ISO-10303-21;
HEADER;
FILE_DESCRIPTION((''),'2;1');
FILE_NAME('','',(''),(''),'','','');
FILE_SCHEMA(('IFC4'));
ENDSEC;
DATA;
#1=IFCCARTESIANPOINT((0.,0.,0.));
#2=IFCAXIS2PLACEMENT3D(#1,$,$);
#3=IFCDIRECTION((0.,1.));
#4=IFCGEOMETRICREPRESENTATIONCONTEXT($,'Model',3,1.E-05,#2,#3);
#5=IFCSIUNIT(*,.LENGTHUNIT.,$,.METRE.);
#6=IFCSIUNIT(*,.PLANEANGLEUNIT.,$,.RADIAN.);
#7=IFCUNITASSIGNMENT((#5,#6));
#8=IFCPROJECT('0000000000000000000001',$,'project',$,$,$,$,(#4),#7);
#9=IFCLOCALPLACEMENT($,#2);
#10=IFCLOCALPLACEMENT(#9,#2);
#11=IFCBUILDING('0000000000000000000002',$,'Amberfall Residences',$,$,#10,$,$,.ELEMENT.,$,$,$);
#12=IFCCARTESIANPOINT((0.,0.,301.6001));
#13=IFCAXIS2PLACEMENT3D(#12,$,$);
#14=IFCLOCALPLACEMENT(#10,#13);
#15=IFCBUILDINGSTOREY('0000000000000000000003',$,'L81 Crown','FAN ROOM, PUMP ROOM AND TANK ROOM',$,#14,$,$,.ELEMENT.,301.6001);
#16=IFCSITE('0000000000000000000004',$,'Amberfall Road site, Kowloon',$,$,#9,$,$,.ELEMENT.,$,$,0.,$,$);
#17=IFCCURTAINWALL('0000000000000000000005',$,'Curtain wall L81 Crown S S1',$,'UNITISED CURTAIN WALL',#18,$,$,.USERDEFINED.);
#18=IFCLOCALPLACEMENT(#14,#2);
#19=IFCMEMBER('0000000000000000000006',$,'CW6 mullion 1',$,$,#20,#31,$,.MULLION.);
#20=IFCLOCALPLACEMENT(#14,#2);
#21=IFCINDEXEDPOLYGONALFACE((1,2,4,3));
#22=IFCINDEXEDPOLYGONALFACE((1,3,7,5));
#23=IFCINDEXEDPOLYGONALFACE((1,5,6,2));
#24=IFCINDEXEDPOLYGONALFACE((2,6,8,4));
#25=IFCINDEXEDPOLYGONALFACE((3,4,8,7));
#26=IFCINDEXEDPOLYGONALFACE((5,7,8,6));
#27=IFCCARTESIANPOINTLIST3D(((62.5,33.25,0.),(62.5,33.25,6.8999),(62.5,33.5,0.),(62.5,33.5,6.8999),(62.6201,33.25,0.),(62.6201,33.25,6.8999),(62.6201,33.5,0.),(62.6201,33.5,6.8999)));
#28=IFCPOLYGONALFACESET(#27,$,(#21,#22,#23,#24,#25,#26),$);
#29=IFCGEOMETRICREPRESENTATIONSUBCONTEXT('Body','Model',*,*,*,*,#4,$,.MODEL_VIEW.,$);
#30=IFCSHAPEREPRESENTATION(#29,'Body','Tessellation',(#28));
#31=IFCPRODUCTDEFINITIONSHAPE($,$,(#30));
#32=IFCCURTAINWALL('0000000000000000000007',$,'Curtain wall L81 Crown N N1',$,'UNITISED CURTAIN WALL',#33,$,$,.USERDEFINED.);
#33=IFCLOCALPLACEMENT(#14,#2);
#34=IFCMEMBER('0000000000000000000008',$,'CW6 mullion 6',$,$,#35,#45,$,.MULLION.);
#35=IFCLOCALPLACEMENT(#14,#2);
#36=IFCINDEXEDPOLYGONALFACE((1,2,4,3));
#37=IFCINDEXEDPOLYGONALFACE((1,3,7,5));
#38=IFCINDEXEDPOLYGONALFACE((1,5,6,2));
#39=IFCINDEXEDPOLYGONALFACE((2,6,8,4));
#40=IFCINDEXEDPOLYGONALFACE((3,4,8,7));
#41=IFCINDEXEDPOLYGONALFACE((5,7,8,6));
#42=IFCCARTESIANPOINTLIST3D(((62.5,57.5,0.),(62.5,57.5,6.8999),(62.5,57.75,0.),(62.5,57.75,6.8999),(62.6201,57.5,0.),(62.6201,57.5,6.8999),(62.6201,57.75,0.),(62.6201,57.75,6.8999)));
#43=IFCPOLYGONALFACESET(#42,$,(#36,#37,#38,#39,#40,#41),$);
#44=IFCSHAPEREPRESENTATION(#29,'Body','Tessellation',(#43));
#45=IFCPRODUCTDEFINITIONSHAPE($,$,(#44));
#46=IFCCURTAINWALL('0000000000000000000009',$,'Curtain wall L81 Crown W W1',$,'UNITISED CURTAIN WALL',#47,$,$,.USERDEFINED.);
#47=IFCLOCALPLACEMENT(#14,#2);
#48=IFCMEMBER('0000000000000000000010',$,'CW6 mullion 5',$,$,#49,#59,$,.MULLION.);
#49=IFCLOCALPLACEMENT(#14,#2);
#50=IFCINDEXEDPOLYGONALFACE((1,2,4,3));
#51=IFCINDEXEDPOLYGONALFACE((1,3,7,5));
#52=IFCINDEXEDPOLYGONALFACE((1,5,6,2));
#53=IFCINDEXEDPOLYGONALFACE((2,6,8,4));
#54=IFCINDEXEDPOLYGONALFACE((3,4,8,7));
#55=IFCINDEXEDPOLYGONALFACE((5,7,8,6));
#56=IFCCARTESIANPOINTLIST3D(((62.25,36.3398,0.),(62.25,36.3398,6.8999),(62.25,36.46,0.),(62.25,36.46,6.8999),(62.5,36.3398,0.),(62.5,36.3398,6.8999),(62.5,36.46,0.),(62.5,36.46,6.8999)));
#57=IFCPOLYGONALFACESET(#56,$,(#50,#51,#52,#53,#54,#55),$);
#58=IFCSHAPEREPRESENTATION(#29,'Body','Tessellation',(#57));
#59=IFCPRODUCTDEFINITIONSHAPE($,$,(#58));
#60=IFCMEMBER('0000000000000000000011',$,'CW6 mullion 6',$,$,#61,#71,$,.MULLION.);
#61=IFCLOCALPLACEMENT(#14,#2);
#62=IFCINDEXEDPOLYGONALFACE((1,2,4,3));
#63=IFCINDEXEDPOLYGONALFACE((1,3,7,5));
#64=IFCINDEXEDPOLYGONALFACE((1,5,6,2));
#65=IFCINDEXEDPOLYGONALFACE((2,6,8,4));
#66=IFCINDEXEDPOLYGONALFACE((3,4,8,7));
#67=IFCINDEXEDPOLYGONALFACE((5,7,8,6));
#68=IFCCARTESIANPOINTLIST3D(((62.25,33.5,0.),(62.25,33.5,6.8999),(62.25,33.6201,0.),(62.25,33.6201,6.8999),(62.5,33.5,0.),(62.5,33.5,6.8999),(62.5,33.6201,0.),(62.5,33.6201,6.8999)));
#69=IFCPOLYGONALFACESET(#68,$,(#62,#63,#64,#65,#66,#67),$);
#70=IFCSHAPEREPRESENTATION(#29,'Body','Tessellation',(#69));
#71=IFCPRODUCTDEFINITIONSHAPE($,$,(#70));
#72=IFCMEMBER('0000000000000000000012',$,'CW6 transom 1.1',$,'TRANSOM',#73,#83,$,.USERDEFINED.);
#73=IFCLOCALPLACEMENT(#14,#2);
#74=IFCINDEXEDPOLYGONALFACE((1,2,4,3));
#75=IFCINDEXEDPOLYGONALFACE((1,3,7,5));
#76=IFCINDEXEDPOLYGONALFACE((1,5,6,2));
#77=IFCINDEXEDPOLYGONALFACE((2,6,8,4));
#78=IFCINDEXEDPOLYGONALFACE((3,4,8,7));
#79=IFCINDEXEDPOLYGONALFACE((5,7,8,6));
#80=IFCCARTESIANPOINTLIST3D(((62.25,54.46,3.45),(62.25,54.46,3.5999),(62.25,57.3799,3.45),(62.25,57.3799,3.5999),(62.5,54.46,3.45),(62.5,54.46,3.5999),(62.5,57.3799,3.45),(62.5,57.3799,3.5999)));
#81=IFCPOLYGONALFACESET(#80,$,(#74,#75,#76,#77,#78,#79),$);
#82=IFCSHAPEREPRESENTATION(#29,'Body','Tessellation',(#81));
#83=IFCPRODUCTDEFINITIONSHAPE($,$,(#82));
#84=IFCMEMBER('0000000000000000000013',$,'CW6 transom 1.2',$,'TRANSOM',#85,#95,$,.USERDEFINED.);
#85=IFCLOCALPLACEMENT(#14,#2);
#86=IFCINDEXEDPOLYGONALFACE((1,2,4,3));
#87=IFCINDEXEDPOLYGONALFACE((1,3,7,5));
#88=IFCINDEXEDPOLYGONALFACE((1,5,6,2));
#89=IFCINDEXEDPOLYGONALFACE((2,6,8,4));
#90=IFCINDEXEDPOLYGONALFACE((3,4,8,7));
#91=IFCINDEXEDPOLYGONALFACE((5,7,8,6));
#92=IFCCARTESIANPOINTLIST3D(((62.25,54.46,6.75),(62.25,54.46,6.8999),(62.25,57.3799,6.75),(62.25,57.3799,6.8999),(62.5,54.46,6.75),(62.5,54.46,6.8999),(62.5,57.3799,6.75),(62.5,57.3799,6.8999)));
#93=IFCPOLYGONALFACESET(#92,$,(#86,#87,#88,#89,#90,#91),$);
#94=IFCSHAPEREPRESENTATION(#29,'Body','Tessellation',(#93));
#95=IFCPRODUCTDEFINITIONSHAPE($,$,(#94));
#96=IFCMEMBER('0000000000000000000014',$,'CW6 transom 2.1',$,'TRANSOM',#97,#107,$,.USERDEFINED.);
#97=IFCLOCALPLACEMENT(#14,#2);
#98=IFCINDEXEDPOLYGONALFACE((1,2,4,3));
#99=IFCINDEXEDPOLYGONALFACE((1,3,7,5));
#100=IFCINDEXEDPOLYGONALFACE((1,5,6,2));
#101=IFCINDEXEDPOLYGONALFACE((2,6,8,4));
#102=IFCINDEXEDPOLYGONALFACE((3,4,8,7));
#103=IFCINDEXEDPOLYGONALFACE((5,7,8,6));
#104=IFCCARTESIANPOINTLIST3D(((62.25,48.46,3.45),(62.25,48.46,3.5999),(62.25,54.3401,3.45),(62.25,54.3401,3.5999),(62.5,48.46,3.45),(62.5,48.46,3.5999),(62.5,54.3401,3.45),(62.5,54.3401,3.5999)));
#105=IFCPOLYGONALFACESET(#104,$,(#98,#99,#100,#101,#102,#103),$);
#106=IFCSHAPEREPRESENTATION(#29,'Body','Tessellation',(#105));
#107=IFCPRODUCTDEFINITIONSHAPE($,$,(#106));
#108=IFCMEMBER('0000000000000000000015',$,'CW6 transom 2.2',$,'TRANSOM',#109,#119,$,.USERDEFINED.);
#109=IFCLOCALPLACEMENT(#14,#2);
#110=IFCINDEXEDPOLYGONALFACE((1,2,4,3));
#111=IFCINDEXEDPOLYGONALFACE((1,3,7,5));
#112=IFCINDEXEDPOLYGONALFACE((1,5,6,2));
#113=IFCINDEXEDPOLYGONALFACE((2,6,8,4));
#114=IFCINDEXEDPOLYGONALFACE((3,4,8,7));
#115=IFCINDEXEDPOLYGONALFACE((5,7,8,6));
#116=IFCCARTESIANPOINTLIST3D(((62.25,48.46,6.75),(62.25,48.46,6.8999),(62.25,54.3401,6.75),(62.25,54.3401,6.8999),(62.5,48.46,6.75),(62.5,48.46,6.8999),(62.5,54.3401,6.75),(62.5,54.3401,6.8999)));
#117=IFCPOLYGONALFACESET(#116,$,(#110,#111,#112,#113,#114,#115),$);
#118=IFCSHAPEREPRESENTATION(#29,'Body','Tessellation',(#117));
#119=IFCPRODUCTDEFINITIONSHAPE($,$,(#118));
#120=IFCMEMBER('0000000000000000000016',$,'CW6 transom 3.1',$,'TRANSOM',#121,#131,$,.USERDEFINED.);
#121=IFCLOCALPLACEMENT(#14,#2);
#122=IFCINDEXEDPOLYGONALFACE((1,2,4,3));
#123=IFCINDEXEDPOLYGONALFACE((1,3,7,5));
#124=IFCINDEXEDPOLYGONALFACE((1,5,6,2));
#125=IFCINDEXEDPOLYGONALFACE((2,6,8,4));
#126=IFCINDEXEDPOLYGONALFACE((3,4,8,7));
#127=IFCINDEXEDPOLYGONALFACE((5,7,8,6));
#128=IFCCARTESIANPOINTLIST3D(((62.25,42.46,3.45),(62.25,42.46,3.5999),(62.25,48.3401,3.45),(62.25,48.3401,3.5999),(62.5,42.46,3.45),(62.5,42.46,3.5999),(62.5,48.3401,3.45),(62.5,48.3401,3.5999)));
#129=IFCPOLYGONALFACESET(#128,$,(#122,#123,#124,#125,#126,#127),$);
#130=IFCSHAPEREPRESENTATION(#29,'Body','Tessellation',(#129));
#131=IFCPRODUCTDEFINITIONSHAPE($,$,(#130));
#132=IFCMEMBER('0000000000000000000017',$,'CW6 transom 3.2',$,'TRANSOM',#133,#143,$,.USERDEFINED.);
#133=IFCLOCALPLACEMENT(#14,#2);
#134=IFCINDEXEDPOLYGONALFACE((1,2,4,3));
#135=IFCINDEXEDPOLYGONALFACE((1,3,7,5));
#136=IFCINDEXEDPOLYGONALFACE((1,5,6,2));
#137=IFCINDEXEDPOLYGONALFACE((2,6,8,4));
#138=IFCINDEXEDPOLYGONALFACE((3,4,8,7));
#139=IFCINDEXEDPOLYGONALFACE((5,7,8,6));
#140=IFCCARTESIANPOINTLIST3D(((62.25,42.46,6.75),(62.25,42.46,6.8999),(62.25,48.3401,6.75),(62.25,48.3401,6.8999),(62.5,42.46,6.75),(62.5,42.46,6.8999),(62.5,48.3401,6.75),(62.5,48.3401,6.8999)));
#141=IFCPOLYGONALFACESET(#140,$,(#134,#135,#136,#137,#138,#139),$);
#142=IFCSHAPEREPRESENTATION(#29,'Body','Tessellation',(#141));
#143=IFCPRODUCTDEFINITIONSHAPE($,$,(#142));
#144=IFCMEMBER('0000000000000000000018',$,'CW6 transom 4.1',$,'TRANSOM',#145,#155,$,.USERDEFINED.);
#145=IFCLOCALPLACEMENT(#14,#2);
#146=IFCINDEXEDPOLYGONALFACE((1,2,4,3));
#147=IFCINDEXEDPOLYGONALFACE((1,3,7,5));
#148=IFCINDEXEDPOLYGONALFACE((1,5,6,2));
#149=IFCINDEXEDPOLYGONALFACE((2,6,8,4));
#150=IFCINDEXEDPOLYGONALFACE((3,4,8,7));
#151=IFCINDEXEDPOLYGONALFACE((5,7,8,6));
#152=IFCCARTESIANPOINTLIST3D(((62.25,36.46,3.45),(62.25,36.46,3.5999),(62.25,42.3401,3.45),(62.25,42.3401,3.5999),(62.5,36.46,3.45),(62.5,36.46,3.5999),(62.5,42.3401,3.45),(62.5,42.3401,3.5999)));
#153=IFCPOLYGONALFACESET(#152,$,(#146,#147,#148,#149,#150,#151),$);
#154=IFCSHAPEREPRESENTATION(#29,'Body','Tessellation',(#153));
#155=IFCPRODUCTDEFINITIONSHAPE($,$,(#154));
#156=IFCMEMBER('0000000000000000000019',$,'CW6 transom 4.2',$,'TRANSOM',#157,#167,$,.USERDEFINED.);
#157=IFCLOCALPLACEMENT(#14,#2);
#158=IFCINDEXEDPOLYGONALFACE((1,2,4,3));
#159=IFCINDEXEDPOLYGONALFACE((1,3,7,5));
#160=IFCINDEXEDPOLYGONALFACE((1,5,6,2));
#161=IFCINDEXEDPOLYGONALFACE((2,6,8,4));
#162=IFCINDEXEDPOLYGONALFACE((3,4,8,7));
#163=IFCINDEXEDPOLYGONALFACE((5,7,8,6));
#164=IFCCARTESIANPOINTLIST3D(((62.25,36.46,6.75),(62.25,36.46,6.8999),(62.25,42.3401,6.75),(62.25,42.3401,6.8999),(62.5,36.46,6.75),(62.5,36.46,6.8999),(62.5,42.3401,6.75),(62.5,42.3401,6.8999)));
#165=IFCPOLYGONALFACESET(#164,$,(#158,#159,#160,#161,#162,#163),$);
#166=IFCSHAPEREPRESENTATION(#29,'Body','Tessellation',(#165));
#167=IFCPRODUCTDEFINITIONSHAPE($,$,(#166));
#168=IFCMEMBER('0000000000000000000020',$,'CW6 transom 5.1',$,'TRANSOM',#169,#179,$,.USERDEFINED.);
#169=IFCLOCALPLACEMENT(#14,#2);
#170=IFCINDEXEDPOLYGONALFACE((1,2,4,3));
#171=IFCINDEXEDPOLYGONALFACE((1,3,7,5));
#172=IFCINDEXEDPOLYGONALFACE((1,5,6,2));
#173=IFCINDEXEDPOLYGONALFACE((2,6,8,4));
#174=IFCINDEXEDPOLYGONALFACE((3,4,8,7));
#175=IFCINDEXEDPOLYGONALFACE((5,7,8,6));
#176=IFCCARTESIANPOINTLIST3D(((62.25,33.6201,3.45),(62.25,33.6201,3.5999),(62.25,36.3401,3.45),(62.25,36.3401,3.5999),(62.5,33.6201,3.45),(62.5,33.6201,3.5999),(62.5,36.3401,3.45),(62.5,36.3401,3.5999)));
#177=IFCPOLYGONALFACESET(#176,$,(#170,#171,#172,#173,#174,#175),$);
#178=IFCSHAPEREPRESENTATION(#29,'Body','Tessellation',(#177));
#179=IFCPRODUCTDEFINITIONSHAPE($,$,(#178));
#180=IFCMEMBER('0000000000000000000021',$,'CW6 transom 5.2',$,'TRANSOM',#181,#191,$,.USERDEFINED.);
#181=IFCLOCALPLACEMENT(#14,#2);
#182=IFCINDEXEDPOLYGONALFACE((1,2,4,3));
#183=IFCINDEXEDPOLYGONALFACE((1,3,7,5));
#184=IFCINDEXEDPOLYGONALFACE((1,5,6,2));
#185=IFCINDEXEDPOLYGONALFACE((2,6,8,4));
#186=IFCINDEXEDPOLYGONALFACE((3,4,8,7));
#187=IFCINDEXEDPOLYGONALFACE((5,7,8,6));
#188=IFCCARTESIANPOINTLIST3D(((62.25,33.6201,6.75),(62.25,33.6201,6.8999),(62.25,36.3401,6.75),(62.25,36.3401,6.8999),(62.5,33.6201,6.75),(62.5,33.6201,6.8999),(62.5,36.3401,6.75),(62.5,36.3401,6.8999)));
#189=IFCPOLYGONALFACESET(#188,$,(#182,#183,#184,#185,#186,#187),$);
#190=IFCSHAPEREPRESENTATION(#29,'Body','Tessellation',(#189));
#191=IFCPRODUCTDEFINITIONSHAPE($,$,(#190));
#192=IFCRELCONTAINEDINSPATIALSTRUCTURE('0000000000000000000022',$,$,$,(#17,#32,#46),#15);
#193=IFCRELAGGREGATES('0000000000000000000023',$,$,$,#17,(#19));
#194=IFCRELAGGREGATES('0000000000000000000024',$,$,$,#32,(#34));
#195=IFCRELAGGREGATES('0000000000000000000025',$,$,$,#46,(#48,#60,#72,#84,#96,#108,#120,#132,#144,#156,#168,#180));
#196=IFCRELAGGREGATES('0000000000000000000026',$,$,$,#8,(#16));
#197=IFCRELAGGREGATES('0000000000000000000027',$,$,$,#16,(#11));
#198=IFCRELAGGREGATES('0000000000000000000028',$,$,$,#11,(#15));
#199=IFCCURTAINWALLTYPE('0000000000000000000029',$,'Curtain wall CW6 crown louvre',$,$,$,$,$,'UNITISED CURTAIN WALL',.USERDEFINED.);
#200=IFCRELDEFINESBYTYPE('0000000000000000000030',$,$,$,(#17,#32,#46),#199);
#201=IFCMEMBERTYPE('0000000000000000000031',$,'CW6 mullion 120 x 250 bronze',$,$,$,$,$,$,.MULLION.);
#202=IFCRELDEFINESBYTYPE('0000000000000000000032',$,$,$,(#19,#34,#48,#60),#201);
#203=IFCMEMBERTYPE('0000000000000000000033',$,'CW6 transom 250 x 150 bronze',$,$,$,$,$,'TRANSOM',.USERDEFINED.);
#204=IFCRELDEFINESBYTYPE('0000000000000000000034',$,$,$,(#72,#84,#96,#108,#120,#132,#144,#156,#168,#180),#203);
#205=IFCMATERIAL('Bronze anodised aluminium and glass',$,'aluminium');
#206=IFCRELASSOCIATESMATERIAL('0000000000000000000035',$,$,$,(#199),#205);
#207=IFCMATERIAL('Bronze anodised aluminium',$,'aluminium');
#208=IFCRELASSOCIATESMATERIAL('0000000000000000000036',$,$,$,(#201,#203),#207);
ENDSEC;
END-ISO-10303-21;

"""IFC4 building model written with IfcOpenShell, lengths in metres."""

from ifc_helpers import new_model, si_unit, direction, frame, origin, origin_2d, place, context, subcontext, project, spatial, rectangle, extrude, material, material_profile, profile_set, type_object, element, aggregate, save


model = new_model("IFC4")

# Units and contexts
model_context = context("Model", 3, precision=1e-05, world=origin(), true_north=direction((0.0, 1.0)))
body_context = subcontext(model_context, "Body", "Model", "MODEL_VIEW")
ifc_project = project(units=[si_unit("LENGTHUNIT", "METRE"), si_unit("PLANEANGLEUNIT", "RADIAN")], contexts=[model_context])

# Site, building, storey
site_placement = place(None, origin())
site = spatial("IfcSite", under=ifc_project, at=site_placement, Name="Amberfall Road site, Kowloon", CompositionType="ELEMENT", RefElevation=0.0)
building_placement = place(site_placement, origin())
building = spatial("IfcBuilding", under=site, at=building_placement, Name="Amberfall Residences", CompositionType="ELEMENT")
storey_placement = place(building_placement, frame((0.0, 0.0, 301.6001)))
storey = spatial("IfcBuildingStorey", under=building, at=storey_placement, Name="L81 Crown", Description="FAN ROOM, PUMP ROOM AND TANK ROOM", CompositionType="ELEMENT", Elevation=301.6001)

# Curtain walls, members
ifc_material_1 = material(Name="Bronze anodised aluminium and glass", Category="aluminium")
curtain_wall_type = type_object("IfcCurtainWallType", Name="Curtain wall CW6 crown louvre", ElementType="UNITISED CURTAIN WALL", PredefinedType="USERDEFINED", material=ifc_material_1)
curtain_wall_1_placement = place(storey_placement, origin())
curtain_wall_1 = element("IfcCurtainWall", 1, at=curtain_wall_1_placement, inside=storey, type_object=curtain_wall_type, Name="Curtain wall L81 Crown S S1", ObjectType="UNITISED CURTAIN WALL", PredefinedType="USERDEFINED")
ifc_material_2 = material(Name="Bronze anodised aluminium", Category="aluminium")
ifc_material_profile_1 = material_profile(ifc_material_2, rectangle(XDim=0.25, YDim=0.1201, at=origin_2d()), Name="CW6 mullion 120 x 250 bronze")
ifc_profile_set_1 = profile_set([ifc_material_profile_1], Name="Bronze anodised aluminium")
member_type_1 = type_object("IfcMemberType", Name="CW6 mullion 120 x 250 bronze", PredefinedType="MULLION", material=ifc_profile_set_1)
member_1_placement = place(storey_placement, frame((62.5601, 33.375, 0.0), z_axis=(0.0, 0.0, 1.0), x_axis=(0.0, 1.0, 0.0)))
member_1 = element("IfcMember", 2, at=member_1_placement, type_object=member_type_1, Name="CW6 mullion 1", PredefinedType="MULLION", context=body_context, shape_type="SweptSolid", body=[
    extrude(rectangle(XDim=0.25, YDim=0.1201, at=origin_2d()), origin(), (0.0, 0.0, 1.0), 6.8999),
])
aggregate(curtain_wall_1, [member_1])
curtain_wall_2_placement = place(storey_placement, origin())
curtain_wall_2 = element("IfcCurtainWall", 3, at=curtain_wall_2_placement, inside=storey, type_object=curtain_wall_type, Name="Curtain wall L81 Crown N N1", ObjectType="UNITISED CURTAIN WALL", PredefinedType="USERDEFINED")
member_2_placement = place(storey_placement, frame((62.5601, 57.625, 0.0), z_axis=(0.0, 0.0, 1.0), x_axis=(0.0, -1.0, 0.0)))
member_2 = element("IfcMember", 4, at=member_2_placement, type_object=member_type_1, Name="CW6 mullion 6", PredefinedType="MULLION", context=body_context, shape_type="SweptSolid", body=[
    extrude(rectangle(XDim=0.25, YDim=0.1201, at=origin_2d()), origin(), (0.0, 0.0, 1.0), 6.8999),
])
aggregate(curtain_wall_2, [member_2])

# Curtain wall, members
curtain_wall_3_placement = place(storey_placement, origin())
curtain_wall_3 = element("IfcCurtainWall", 5, at=curtain_wall_3_placement, inside=storey, type_object=curtain_wall_type, Name="Curtain wall L81 Crown W W1", ObjectType="UNITISED CURTAIN WALL", PredefinedType="USERDEFINED")
member_3_placement = place(storey_placement, frame((62.375, 36.3999, 0.0), z_axis=(0.0, 0.0, 1.0), x_axis=(1.0, 0.0, 0.0)))
member_3 = element("IfcMember", 6, at=member_3_placement, type_object=member_type_1, Name="CW6 mullion 5", PredefinedType="MULLION", context=body_context, shape_type="SweptSolid", body=[
    extrude(rectangle(XDim=0.25, YDim=0.1201, at=origin_2d()), origin(), (0.0, 0.0, 1.0), 6.8999),
])
member_4_placement = place(storey_placement, frame((62.375, 33.5601, 0.0), z_axis=(0.0, 0.0, 1.0), x_axis=(1.0, 0.0, 0.0)))
member_4 = element("IfcMember", 7, at=member_4_placement, type_object=member_type_1, Name="CW6 mullion 6", PredefinedType="MULLION", context=body_context, shape_type="SweptSolid", body=[
    extrude(rectangle(XDim=0.25, YDim=0.1201, at=origin_2d()), origin(), (0.0, 0.0, 1.0), 6.8999),
])
ifc_material_profile_2 = material_profile(ifc_material_2, rectangle(XDim=0.25, YDim=0.1499, at=origin_2d()), Name="CW6 transom 250 x 150 bronze")
ifc_profile_set_2 = profile_set([ifc_material_profile_2], Name="Bronze anodised aluminium")
member_type_2 = type_object("IfcMemberType", Name="CW6 transom 250 x 150 bronze", ElementType="TRANSOM", PredefinedType="USERDEFINED", material=ifc_profile_set_2)
member_5_placement = place(storey_placement, frame((62.375, 57.3799, 3.5249), z_axis=(0.0, -1.0, 0.0), x_axis=(1.0, 0.0, 0.0)))
member_5 = element("IfcMember", 8, at=member_5_placement, type_object=member_type_2, Name="CW6 transom 1.1", ObjectType="TRANSOM", PredefinedType="USERDEFINED", context=body_context, shape_type="SweptSolid", body=[
    extrude(rectangle(XDim=0.25, YDim=0.1499, at=origin_2d()), origin(), (0.0, 0.0, 1.0), 2.9199),
])
member_6_placement = place(storey_placement, frame((62.375, 57.3799, 6.825), z_axis=(0.0, -1.0, 0.0), x_axis=(1.0, 0.0, 0.0)))
member_6 = element("IfcMember", 9, at=member_6_placement, type_object=member_type_2, Name="CW6 transom 1.2", ObjectType="TRANSOM", PredefinedType="USERDEFINED", context=body_context, shape_type="SweptSolid", body=[
    extrude(rectangle(XDim=0.25, YDim=0.1499, at=origin_2d()), origin(), (0.0, 0.0, 1.0), 2.9199),
])
member_7_placement = place(storey_placement, frame((62.375, 54.3401, 3.5249), z_axis=(0.0, -1.0, 0.0), x_axis=(1.0, 0.0, 0.0)))
member_7 = element("IfcMember", 10, at=member_7_placement, type_object=member_type_2, Name="CW6 transom 2.1", ObjectType="TRANSOM", PredefinedType="USERDEFINED", context=body_context, shape_type="SweptSolid", body=[
    extrude(rectangle(XDim=0.25, YDim=0.1499, at=origin_2d()), origin(), (0.0, 0.0, 1.0), 5.8801),
])
member_8_placement = place(storey_placement, frame((62.375, 54.3401, 6.825), z_axis=(0.0, -1.0, 0.0), x_axis=(1.0, 0.0, 0.0)))
member_8 = element("IfcMember", 11, at=member_8_placement, type_object=member_type_2, Name="CW6 transom 2.2", ObjectType="TRANSOM", PredefinedType="USERDEFINED", context=body_context, shape_type="SweptSolid", body=[
    extrude(rectangle(XDim=0.25, YDim=0.1499, at=origin_2d()), origin(), (0.0, 0.0, 1.0), 5.8801),
])
member_9_placement = place(storey_placement, frame((62.375, 48.3401, 3.5249), z_axis=(0.0, -1.0, 0.0), x_axis=(1.0, 0.0, 0.0)))
member_9 = element("IfcMember", 12, at=member_9_placement, type_object=member_type_2, Name="CW6 transom 3.1", ObjectType="TRANSOM", PredefinedType="USERDEFINED", context=body_context, shape_type="SweptSolid", body=[
    extrude(rectangle(XDim=0.25, YDim=0.1499, at=origin_2d()), origin(), (0.0, 0.0, 1.0), 5.8801),
])
member_10_placement = place(storey_placement, frame((62.375, 48.3401, 6.825), z_axis=(0.0, -1.0, 0.0), x_axis=(1.0, 0.0, 0.0)))
member_10 = element("IfcMember", 13, at=member_10_placement, type_object=member_type_2, Name="CW6 transom 3.2", ObjectType="TRANSOM", PredefinedType="USERDEFINED", context=body_context, shape_type="SweptSolid", body=[
    extrude(rectangle(XDim=0.25, YDim=0.1499, at=origin_2d()), origin(), (0.0, 0.0, 1.0), 5.8801),
])
member_11_placement = place(storey_placement, frame((62.375, 42.3401, 3.5249), z_axis=(0.0, -1.0, 0.0), x_axis=(1.0, 0.0, 0.0)))
member_11 = element("IfcMember", 14, at=member_11_placement, type_object=member_type_2, Name="CW6 transom 4.1", ObjectType="TRANSOM", PredefinedType="USERDEFINED", context=body_context, shape_type="SweptSolid", body=[
    extrude(rectangle(XDim=0.25, YDim=0.1499, at=origin_2d()), origin(), (0.0, 0.0, 1.0), 5.8801),
])
member_12_placement = place(storey_placement, frame((62.375, 42.3401, 6.825), z_axis=(0.0, -1.0, 0.0), x_axis=(1.0, 0.0, 0.0)))
member_12 = element("IfcMember", 15, at=member_12_placement, type_object=member_type_2, Name="CW6 transom 4.2", ObjectType="TRANSOM", PredefinedType="USERDEFINED", context=body_context, shape_type="SweptSolid", body=[
    extrude(rectangle(XDim=0.25, YDim=0.1499, at=origin_2d()), origin(), (0.0, 0.0, 1.0), 5.8801),
])
member_13_placement = place(storey_placement, frame((62.375, 36.3401, 3.5249), z_axis=(0.0, -1.0, 0.0), x_axis=(1.0, 0.0, 0.0)))
member_13 = element("IfcMember", 16, at=member_13_placement, type_object=member_type_2, Name="CW6 transom 5.1", ObjectType="TRANSOM", PredefinedType="USERDEFINED", context=body_context, shape_type="SweptSolid", body=[
    extrude(rectangle(XDim=0.25, YDim=0.1499, at=origin_2d()), origin(), (0.0, 0.0, 1.0), 2.72),
])
member_14_placement = place(storey_placement, frame((62.375, 36.3401, 6.825), z_axis=(0.0, -1.0, 0.0), x_axis=(1.0, 0.0, 0.0)))
member_14 = element("IfcMember", 17, at=member_14_placement, type_object=member_type_2, Name="CW6 transom 5.2", ObjectType="TRANSOM", PredefinedType="USERDEFINED", context=body_context, shape_type="SweptSolid", body=[
    extrude(rectangle(XDim=0.25, YDim=0.1499, at=origin_2d()), origin(), (0.0, 0.0, 1.0), 2.72),
])
aggregate(curtain_wall_3, [member_3, member_4, member_5, member_6, member_7, member_8, member_9, member_10, member_11, member_12, member_13, member_14])

save(model, "model.ifc")
